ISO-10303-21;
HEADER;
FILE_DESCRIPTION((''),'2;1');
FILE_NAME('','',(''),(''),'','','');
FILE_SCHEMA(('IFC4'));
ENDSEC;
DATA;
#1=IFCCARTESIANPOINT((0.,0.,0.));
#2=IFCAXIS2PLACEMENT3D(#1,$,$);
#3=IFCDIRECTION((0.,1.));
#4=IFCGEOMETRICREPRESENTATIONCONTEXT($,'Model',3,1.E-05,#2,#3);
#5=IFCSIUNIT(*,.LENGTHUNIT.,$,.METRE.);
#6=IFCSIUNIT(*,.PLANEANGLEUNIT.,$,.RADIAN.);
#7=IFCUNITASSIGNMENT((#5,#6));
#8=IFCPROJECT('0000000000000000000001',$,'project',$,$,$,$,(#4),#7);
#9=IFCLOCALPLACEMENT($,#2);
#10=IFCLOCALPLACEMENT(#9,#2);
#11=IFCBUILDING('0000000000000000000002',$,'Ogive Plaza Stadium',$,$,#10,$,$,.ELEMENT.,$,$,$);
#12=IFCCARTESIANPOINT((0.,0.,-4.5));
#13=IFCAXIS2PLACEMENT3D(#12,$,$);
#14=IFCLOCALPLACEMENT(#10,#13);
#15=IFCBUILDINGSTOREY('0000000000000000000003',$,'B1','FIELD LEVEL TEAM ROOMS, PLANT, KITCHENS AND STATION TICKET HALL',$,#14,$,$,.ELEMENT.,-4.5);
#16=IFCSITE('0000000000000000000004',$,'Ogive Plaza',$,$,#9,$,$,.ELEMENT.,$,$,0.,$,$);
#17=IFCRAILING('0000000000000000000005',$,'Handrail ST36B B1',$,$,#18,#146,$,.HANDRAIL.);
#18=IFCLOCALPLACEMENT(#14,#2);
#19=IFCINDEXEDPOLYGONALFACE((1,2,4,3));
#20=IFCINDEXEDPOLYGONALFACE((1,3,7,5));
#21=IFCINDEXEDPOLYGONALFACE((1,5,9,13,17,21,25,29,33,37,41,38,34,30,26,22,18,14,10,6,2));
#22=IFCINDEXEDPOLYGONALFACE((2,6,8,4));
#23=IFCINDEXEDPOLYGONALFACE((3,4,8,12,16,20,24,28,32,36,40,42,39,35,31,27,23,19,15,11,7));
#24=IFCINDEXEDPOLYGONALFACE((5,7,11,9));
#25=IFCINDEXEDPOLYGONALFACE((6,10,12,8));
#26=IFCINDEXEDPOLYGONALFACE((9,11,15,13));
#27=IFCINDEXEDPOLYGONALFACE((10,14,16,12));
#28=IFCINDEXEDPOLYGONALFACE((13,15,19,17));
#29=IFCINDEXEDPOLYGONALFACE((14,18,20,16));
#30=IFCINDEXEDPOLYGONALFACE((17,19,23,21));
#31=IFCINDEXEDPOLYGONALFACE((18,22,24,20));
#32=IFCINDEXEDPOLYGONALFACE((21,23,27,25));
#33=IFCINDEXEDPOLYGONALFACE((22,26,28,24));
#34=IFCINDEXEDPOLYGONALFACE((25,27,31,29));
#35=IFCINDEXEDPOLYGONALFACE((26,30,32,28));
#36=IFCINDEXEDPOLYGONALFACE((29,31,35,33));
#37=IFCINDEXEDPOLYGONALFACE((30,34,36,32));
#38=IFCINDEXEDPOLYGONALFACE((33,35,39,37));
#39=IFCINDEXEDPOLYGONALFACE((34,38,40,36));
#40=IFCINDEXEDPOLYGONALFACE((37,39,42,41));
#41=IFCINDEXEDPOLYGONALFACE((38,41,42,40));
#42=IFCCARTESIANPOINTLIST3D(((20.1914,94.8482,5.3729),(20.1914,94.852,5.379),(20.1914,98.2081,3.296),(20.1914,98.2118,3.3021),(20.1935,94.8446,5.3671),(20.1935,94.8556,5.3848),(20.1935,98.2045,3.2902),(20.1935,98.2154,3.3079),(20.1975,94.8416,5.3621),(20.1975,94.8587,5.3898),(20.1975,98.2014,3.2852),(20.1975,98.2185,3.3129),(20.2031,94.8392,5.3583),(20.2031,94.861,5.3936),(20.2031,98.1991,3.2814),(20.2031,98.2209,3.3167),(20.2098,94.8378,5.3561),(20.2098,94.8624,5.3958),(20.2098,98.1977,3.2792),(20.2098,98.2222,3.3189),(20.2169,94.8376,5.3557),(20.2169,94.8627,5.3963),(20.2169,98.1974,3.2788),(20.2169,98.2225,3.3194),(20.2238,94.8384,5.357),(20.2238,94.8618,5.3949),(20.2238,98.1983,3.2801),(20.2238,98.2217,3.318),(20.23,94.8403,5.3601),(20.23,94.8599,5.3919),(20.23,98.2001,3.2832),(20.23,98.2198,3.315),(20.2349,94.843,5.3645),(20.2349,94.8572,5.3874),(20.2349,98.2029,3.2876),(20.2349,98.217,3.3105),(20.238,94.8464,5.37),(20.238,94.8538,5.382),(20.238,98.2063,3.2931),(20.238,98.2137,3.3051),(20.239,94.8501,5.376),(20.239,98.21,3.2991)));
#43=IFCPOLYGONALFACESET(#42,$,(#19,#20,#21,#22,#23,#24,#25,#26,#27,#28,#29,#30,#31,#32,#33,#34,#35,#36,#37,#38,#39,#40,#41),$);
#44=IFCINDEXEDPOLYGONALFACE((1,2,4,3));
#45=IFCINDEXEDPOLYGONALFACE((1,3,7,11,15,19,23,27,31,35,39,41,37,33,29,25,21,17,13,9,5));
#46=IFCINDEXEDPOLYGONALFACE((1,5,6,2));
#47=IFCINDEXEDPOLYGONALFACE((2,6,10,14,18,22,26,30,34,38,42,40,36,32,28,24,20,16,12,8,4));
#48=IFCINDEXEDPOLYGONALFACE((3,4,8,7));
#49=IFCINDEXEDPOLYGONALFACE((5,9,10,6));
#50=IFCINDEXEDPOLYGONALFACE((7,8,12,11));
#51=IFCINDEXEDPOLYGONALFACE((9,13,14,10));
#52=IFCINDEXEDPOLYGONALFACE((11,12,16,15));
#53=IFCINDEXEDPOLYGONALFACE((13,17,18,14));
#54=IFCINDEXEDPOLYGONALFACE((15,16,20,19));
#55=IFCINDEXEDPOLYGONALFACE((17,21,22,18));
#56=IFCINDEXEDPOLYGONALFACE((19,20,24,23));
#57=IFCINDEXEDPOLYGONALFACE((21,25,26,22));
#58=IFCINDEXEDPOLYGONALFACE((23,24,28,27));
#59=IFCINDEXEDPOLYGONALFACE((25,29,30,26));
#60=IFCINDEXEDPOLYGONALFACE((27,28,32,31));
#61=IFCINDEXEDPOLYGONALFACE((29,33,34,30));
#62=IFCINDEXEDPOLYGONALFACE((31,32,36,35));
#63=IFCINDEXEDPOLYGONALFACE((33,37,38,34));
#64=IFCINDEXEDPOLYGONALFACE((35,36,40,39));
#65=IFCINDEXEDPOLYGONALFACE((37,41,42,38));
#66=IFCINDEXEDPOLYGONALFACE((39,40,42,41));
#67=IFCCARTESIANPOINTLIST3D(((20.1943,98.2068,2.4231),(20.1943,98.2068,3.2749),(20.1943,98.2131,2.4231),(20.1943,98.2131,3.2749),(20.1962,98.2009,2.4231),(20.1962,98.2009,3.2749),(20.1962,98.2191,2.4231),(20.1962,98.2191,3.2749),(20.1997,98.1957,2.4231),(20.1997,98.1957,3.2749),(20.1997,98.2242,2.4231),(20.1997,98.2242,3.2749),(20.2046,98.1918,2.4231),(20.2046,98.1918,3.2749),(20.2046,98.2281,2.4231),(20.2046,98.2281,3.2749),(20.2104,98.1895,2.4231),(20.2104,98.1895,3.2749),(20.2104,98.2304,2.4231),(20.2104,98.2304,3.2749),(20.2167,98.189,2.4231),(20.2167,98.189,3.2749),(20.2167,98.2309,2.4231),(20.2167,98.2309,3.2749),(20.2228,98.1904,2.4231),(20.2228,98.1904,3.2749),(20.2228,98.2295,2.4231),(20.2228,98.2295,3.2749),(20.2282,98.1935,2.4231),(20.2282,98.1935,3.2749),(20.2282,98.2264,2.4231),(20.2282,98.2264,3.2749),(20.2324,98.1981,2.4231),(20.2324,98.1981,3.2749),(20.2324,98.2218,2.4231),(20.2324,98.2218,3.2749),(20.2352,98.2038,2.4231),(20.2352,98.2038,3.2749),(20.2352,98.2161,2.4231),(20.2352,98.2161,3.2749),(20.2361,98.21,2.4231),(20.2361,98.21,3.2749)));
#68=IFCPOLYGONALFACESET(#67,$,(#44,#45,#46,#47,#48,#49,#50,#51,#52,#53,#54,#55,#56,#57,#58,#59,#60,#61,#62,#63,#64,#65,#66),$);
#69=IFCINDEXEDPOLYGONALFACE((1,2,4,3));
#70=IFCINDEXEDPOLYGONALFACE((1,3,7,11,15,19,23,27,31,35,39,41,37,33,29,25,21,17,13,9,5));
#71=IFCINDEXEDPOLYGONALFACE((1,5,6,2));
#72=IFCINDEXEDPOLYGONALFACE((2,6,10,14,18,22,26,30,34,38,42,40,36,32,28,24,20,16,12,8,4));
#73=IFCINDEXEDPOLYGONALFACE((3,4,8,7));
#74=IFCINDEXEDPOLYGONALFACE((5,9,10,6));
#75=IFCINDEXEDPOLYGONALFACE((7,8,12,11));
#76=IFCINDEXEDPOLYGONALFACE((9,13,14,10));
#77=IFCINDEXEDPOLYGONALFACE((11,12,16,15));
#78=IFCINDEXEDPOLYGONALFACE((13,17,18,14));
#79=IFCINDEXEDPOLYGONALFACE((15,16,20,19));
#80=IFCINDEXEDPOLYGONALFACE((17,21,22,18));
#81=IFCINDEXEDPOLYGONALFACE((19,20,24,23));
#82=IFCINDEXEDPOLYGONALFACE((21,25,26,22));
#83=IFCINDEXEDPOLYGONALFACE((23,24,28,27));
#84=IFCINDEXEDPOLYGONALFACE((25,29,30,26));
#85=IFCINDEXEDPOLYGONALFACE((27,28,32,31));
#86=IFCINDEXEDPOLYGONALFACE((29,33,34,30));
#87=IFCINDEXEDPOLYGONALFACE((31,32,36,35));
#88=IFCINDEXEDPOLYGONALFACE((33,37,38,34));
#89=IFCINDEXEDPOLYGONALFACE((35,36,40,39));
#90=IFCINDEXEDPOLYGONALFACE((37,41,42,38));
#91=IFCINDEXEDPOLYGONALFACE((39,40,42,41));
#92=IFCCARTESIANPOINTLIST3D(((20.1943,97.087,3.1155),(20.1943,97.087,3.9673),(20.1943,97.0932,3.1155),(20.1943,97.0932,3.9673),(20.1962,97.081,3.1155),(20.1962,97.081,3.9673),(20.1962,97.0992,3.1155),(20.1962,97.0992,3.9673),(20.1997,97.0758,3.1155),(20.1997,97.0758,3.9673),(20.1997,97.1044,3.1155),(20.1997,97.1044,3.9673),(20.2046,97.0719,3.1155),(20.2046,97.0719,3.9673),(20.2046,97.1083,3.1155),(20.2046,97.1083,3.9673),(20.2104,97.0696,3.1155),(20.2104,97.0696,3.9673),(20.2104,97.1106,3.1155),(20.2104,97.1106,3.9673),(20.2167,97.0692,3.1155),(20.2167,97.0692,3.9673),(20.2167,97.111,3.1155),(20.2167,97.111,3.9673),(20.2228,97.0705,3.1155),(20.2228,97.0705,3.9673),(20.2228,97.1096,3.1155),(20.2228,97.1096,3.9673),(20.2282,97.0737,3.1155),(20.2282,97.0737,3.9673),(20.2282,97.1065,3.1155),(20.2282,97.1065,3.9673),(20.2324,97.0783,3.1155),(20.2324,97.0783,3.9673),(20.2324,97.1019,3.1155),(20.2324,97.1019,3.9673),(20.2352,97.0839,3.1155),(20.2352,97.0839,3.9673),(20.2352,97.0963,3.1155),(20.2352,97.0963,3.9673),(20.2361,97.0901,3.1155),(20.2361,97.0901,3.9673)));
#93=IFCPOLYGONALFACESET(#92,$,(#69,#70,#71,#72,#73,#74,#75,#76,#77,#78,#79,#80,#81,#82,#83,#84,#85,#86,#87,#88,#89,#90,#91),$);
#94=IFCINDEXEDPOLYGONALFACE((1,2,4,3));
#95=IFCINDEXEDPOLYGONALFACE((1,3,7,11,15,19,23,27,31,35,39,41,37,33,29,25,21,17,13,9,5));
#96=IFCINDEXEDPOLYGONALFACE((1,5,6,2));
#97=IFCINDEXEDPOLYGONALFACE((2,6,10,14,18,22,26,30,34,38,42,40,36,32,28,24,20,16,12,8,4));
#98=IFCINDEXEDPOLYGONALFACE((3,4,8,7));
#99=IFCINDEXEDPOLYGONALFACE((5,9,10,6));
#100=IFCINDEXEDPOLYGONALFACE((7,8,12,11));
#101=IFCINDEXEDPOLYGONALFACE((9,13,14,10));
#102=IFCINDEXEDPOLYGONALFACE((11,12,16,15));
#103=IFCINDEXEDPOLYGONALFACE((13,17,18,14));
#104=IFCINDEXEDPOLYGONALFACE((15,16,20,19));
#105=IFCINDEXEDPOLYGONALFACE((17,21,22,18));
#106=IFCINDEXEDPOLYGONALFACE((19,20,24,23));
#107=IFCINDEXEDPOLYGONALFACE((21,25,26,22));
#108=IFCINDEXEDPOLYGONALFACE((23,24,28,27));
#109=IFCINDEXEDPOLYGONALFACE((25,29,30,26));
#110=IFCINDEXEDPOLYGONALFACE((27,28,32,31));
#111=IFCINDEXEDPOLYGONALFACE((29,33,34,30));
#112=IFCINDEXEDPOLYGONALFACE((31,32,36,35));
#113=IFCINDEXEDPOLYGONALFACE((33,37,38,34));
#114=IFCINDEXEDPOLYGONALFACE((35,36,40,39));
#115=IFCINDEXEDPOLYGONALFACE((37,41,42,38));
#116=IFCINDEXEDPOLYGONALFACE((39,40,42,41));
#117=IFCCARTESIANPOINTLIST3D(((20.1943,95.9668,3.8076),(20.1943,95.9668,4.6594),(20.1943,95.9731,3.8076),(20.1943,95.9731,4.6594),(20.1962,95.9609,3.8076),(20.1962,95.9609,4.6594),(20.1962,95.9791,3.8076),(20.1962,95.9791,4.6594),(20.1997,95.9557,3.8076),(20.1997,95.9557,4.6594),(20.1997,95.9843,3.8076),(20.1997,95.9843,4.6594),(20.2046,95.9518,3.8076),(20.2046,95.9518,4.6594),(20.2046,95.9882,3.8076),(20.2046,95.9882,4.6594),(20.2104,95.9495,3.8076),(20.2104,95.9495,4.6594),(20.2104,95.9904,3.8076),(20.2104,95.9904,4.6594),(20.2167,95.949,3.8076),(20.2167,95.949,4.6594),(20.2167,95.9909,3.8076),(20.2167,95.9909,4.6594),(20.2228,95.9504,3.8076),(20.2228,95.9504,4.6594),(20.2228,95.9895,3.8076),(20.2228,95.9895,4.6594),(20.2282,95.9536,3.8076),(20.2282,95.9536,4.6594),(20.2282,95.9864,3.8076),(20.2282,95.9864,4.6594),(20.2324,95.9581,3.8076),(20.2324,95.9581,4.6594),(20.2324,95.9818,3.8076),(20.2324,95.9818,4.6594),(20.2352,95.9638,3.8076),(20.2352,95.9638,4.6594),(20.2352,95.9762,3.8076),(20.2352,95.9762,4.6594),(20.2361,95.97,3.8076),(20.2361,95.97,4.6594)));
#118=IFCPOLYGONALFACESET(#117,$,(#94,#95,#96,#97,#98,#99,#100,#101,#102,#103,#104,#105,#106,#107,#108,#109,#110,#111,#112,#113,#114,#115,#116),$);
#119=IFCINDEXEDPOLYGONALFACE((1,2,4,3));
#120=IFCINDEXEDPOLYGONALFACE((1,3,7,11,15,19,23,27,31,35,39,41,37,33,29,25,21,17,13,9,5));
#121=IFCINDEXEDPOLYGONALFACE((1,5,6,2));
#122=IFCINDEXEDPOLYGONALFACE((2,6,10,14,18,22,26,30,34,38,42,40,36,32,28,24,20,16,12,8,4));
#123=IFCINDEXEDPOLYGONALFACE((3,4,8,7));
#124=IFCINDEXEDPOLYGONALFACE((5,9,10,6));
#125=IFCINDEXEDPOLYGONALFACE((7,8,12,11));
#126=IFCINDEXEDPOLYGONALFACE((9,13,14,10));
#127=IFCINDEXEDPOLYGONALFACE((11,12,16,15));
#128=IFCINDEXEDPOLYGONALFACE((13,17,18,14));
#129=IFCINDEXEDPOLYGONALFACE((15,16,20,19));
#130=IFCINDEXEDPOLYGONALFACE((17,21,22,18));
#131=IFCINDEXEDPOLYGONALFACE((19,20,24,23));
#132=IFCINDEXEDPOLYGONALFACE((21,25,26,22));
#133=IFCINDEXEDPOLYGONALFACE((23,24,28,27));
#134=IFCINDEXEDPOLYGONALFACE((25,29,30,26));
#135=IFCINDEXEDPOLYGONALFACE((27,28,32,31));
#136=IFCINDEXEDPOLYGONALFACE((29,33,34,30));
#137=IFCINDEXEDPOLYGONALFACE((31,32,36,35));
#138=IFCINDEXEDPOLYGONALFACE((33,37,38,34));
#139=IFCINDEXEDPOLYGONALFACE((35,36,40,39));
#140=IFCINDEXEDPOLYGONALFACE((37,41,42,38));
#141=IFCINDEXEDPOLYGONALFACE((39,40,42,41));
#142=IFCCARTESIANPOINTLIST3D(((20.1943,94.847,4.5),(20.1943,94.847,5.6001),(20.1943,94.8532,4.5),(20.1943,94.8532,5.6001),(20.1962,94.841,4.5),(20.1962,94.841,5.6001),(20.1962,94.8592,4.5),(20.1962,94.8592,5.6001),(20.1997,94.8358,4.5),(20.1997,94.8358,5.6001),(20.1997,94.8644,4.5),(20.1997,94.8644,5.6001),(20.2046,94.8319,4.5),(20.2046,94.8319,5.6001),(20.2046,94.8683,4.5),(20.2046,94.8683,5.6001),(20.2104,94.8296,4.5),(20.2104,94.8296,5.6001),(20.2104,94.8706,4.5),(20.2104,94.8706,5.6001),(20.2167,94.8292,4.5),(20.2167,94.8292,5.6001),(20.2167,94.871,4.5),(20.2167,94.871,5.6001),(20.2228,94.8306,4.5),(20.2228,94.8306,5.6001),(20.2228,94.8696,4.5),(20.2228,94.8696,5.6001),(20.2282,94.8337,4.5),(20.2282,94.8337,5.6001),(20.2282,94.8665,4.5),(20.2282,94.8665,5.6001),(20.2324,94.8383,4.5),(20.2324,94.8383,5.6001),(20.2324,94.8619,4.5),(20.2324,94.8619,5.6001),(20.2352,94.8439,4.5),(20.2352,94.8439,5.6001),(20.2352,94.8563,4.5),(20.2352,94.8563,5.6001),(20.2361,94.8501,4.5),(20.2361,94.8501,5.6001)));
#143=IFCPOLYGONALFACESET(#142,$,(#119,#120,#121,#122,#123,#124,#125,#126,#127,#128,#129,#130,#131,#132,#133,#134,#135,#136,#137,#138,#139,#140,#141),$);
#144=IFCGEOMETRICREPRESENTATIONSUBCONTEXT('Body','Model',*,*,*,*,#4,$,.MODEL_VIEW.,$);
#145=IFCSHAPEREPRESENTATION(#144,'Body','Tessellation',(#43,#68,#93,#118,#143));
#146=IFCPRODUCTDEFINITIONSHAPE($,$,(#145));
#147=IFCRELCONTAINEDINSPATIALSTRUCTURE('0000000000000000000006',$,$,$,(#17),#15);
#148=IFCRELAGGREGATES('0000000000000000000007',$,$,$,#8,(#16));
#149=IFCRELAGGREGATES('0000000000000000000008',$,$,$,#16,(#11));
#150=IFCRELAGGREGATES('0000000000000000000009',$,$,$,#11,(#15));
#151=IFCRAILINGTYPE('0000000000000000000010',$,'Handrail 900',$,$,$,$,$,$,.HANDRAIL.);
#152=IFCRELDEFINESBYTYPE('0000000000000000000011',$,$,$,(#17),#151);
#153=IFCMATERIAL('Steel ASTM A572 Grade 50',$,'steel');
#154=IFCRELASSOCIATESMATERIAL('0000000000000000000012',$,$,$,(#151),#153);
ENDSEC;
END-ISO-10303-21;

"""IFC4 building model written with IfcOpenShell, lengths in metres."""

from ifc_helpers import new_model, si_unit, direction, frame, origin, origin_2d, place, context, subcontext, project, spatial, circle, extrude, material, type_object, element, save


model = new_model("IFC4")

# Units and contexts
model_context = context("Model", 3, precision=1e-05, world=origin(), true_north=direction((0.0, 1.0)))
body_context = subcontext(model_context, "Body", "Model", "MODEL_VIEW")
ifc_project = project(units=[si_unit("LENGTHUNIT", "METRE"), si_unit("PLANEANGLEUNIT", "RADIAN")], contexts=[model_context])

# Site, building, storey
site_placement = place(None, origin())
site = spatial("IfcSite", under=ifc_project, at=site_placement, Name="Ogive Plaza", CompositionType="ELEMENT", RefElevation=0.0)
building_placement = place(site_placement, origin())
building = spatial("IfcBuilding", under=site, at=building_placement, Name="Ogive Plaza Stadium", CompositionType="ELEMENT")
storey_placement = place(building_placement, frame((0.0, 0.0, -4.5)))
storey = spatial("IfcBuildingStorey", under=building, at=storey_placement, Name="B1", Description="FIELD LEVEL TEAM ROOMS, PLANT, KITCHENS AND STATION TICKET HALL", CompositionType="ELEMENT", Elevation=-4.5)

# Railing
ifc_material_1 = material(Name="Steel ASTM A572 Grade 50", Category="steel")
railing_type_1 = type_object("IfcRailingType", Name="Handrail 900", PredefinedType="HANDRAIL", material=ifc_material_1)
for number, where, name in (
    (1, (20.2151, 98.21, 2.4231), "Handrail ST36B B1"),
):
    element("IfcRailing", number, at=place(storey_placement, frame(where)), inside=storey, type_object=railing_type_1, Name=name, PredefinedType="HANDRAIL", context=body_context, shape_type="SweptSolid", body=[
        extrude(circle(Radius=0.0239, at=origin_2d()), frame((0.0, 0.0, 0.876), z_axis=(0.0, -0.850606, 0.525803), x_axis=(1.0, 0.0, 0.0)), (0.0, 0.0, 1.0), 3.95),
        extrude(circle(Radius=0.021, at=origin_2d()), origin(), (0.0, 0.0, 1.0), 0.8518),
        extrude(circle(Radius=0.021, at=origin_2d()), frame((0.0, -1.1199, 0.6924)), (0.0, 0.0, 1.0), 0.8518),
        extrude(circle(Radius=0.021, at=origin_2d()), frame((0.0, -2.24, 1.3845)), (0.0, 0.0, 1.0), 0.8518),
        extrude(circle(Radius=0.021, at=origin_2d()), frame((0.0, -3.3599, 2.0769)), (0.0, 0.0, 1.0), 1.1001),
    ])

save(model, "model.ifc")
